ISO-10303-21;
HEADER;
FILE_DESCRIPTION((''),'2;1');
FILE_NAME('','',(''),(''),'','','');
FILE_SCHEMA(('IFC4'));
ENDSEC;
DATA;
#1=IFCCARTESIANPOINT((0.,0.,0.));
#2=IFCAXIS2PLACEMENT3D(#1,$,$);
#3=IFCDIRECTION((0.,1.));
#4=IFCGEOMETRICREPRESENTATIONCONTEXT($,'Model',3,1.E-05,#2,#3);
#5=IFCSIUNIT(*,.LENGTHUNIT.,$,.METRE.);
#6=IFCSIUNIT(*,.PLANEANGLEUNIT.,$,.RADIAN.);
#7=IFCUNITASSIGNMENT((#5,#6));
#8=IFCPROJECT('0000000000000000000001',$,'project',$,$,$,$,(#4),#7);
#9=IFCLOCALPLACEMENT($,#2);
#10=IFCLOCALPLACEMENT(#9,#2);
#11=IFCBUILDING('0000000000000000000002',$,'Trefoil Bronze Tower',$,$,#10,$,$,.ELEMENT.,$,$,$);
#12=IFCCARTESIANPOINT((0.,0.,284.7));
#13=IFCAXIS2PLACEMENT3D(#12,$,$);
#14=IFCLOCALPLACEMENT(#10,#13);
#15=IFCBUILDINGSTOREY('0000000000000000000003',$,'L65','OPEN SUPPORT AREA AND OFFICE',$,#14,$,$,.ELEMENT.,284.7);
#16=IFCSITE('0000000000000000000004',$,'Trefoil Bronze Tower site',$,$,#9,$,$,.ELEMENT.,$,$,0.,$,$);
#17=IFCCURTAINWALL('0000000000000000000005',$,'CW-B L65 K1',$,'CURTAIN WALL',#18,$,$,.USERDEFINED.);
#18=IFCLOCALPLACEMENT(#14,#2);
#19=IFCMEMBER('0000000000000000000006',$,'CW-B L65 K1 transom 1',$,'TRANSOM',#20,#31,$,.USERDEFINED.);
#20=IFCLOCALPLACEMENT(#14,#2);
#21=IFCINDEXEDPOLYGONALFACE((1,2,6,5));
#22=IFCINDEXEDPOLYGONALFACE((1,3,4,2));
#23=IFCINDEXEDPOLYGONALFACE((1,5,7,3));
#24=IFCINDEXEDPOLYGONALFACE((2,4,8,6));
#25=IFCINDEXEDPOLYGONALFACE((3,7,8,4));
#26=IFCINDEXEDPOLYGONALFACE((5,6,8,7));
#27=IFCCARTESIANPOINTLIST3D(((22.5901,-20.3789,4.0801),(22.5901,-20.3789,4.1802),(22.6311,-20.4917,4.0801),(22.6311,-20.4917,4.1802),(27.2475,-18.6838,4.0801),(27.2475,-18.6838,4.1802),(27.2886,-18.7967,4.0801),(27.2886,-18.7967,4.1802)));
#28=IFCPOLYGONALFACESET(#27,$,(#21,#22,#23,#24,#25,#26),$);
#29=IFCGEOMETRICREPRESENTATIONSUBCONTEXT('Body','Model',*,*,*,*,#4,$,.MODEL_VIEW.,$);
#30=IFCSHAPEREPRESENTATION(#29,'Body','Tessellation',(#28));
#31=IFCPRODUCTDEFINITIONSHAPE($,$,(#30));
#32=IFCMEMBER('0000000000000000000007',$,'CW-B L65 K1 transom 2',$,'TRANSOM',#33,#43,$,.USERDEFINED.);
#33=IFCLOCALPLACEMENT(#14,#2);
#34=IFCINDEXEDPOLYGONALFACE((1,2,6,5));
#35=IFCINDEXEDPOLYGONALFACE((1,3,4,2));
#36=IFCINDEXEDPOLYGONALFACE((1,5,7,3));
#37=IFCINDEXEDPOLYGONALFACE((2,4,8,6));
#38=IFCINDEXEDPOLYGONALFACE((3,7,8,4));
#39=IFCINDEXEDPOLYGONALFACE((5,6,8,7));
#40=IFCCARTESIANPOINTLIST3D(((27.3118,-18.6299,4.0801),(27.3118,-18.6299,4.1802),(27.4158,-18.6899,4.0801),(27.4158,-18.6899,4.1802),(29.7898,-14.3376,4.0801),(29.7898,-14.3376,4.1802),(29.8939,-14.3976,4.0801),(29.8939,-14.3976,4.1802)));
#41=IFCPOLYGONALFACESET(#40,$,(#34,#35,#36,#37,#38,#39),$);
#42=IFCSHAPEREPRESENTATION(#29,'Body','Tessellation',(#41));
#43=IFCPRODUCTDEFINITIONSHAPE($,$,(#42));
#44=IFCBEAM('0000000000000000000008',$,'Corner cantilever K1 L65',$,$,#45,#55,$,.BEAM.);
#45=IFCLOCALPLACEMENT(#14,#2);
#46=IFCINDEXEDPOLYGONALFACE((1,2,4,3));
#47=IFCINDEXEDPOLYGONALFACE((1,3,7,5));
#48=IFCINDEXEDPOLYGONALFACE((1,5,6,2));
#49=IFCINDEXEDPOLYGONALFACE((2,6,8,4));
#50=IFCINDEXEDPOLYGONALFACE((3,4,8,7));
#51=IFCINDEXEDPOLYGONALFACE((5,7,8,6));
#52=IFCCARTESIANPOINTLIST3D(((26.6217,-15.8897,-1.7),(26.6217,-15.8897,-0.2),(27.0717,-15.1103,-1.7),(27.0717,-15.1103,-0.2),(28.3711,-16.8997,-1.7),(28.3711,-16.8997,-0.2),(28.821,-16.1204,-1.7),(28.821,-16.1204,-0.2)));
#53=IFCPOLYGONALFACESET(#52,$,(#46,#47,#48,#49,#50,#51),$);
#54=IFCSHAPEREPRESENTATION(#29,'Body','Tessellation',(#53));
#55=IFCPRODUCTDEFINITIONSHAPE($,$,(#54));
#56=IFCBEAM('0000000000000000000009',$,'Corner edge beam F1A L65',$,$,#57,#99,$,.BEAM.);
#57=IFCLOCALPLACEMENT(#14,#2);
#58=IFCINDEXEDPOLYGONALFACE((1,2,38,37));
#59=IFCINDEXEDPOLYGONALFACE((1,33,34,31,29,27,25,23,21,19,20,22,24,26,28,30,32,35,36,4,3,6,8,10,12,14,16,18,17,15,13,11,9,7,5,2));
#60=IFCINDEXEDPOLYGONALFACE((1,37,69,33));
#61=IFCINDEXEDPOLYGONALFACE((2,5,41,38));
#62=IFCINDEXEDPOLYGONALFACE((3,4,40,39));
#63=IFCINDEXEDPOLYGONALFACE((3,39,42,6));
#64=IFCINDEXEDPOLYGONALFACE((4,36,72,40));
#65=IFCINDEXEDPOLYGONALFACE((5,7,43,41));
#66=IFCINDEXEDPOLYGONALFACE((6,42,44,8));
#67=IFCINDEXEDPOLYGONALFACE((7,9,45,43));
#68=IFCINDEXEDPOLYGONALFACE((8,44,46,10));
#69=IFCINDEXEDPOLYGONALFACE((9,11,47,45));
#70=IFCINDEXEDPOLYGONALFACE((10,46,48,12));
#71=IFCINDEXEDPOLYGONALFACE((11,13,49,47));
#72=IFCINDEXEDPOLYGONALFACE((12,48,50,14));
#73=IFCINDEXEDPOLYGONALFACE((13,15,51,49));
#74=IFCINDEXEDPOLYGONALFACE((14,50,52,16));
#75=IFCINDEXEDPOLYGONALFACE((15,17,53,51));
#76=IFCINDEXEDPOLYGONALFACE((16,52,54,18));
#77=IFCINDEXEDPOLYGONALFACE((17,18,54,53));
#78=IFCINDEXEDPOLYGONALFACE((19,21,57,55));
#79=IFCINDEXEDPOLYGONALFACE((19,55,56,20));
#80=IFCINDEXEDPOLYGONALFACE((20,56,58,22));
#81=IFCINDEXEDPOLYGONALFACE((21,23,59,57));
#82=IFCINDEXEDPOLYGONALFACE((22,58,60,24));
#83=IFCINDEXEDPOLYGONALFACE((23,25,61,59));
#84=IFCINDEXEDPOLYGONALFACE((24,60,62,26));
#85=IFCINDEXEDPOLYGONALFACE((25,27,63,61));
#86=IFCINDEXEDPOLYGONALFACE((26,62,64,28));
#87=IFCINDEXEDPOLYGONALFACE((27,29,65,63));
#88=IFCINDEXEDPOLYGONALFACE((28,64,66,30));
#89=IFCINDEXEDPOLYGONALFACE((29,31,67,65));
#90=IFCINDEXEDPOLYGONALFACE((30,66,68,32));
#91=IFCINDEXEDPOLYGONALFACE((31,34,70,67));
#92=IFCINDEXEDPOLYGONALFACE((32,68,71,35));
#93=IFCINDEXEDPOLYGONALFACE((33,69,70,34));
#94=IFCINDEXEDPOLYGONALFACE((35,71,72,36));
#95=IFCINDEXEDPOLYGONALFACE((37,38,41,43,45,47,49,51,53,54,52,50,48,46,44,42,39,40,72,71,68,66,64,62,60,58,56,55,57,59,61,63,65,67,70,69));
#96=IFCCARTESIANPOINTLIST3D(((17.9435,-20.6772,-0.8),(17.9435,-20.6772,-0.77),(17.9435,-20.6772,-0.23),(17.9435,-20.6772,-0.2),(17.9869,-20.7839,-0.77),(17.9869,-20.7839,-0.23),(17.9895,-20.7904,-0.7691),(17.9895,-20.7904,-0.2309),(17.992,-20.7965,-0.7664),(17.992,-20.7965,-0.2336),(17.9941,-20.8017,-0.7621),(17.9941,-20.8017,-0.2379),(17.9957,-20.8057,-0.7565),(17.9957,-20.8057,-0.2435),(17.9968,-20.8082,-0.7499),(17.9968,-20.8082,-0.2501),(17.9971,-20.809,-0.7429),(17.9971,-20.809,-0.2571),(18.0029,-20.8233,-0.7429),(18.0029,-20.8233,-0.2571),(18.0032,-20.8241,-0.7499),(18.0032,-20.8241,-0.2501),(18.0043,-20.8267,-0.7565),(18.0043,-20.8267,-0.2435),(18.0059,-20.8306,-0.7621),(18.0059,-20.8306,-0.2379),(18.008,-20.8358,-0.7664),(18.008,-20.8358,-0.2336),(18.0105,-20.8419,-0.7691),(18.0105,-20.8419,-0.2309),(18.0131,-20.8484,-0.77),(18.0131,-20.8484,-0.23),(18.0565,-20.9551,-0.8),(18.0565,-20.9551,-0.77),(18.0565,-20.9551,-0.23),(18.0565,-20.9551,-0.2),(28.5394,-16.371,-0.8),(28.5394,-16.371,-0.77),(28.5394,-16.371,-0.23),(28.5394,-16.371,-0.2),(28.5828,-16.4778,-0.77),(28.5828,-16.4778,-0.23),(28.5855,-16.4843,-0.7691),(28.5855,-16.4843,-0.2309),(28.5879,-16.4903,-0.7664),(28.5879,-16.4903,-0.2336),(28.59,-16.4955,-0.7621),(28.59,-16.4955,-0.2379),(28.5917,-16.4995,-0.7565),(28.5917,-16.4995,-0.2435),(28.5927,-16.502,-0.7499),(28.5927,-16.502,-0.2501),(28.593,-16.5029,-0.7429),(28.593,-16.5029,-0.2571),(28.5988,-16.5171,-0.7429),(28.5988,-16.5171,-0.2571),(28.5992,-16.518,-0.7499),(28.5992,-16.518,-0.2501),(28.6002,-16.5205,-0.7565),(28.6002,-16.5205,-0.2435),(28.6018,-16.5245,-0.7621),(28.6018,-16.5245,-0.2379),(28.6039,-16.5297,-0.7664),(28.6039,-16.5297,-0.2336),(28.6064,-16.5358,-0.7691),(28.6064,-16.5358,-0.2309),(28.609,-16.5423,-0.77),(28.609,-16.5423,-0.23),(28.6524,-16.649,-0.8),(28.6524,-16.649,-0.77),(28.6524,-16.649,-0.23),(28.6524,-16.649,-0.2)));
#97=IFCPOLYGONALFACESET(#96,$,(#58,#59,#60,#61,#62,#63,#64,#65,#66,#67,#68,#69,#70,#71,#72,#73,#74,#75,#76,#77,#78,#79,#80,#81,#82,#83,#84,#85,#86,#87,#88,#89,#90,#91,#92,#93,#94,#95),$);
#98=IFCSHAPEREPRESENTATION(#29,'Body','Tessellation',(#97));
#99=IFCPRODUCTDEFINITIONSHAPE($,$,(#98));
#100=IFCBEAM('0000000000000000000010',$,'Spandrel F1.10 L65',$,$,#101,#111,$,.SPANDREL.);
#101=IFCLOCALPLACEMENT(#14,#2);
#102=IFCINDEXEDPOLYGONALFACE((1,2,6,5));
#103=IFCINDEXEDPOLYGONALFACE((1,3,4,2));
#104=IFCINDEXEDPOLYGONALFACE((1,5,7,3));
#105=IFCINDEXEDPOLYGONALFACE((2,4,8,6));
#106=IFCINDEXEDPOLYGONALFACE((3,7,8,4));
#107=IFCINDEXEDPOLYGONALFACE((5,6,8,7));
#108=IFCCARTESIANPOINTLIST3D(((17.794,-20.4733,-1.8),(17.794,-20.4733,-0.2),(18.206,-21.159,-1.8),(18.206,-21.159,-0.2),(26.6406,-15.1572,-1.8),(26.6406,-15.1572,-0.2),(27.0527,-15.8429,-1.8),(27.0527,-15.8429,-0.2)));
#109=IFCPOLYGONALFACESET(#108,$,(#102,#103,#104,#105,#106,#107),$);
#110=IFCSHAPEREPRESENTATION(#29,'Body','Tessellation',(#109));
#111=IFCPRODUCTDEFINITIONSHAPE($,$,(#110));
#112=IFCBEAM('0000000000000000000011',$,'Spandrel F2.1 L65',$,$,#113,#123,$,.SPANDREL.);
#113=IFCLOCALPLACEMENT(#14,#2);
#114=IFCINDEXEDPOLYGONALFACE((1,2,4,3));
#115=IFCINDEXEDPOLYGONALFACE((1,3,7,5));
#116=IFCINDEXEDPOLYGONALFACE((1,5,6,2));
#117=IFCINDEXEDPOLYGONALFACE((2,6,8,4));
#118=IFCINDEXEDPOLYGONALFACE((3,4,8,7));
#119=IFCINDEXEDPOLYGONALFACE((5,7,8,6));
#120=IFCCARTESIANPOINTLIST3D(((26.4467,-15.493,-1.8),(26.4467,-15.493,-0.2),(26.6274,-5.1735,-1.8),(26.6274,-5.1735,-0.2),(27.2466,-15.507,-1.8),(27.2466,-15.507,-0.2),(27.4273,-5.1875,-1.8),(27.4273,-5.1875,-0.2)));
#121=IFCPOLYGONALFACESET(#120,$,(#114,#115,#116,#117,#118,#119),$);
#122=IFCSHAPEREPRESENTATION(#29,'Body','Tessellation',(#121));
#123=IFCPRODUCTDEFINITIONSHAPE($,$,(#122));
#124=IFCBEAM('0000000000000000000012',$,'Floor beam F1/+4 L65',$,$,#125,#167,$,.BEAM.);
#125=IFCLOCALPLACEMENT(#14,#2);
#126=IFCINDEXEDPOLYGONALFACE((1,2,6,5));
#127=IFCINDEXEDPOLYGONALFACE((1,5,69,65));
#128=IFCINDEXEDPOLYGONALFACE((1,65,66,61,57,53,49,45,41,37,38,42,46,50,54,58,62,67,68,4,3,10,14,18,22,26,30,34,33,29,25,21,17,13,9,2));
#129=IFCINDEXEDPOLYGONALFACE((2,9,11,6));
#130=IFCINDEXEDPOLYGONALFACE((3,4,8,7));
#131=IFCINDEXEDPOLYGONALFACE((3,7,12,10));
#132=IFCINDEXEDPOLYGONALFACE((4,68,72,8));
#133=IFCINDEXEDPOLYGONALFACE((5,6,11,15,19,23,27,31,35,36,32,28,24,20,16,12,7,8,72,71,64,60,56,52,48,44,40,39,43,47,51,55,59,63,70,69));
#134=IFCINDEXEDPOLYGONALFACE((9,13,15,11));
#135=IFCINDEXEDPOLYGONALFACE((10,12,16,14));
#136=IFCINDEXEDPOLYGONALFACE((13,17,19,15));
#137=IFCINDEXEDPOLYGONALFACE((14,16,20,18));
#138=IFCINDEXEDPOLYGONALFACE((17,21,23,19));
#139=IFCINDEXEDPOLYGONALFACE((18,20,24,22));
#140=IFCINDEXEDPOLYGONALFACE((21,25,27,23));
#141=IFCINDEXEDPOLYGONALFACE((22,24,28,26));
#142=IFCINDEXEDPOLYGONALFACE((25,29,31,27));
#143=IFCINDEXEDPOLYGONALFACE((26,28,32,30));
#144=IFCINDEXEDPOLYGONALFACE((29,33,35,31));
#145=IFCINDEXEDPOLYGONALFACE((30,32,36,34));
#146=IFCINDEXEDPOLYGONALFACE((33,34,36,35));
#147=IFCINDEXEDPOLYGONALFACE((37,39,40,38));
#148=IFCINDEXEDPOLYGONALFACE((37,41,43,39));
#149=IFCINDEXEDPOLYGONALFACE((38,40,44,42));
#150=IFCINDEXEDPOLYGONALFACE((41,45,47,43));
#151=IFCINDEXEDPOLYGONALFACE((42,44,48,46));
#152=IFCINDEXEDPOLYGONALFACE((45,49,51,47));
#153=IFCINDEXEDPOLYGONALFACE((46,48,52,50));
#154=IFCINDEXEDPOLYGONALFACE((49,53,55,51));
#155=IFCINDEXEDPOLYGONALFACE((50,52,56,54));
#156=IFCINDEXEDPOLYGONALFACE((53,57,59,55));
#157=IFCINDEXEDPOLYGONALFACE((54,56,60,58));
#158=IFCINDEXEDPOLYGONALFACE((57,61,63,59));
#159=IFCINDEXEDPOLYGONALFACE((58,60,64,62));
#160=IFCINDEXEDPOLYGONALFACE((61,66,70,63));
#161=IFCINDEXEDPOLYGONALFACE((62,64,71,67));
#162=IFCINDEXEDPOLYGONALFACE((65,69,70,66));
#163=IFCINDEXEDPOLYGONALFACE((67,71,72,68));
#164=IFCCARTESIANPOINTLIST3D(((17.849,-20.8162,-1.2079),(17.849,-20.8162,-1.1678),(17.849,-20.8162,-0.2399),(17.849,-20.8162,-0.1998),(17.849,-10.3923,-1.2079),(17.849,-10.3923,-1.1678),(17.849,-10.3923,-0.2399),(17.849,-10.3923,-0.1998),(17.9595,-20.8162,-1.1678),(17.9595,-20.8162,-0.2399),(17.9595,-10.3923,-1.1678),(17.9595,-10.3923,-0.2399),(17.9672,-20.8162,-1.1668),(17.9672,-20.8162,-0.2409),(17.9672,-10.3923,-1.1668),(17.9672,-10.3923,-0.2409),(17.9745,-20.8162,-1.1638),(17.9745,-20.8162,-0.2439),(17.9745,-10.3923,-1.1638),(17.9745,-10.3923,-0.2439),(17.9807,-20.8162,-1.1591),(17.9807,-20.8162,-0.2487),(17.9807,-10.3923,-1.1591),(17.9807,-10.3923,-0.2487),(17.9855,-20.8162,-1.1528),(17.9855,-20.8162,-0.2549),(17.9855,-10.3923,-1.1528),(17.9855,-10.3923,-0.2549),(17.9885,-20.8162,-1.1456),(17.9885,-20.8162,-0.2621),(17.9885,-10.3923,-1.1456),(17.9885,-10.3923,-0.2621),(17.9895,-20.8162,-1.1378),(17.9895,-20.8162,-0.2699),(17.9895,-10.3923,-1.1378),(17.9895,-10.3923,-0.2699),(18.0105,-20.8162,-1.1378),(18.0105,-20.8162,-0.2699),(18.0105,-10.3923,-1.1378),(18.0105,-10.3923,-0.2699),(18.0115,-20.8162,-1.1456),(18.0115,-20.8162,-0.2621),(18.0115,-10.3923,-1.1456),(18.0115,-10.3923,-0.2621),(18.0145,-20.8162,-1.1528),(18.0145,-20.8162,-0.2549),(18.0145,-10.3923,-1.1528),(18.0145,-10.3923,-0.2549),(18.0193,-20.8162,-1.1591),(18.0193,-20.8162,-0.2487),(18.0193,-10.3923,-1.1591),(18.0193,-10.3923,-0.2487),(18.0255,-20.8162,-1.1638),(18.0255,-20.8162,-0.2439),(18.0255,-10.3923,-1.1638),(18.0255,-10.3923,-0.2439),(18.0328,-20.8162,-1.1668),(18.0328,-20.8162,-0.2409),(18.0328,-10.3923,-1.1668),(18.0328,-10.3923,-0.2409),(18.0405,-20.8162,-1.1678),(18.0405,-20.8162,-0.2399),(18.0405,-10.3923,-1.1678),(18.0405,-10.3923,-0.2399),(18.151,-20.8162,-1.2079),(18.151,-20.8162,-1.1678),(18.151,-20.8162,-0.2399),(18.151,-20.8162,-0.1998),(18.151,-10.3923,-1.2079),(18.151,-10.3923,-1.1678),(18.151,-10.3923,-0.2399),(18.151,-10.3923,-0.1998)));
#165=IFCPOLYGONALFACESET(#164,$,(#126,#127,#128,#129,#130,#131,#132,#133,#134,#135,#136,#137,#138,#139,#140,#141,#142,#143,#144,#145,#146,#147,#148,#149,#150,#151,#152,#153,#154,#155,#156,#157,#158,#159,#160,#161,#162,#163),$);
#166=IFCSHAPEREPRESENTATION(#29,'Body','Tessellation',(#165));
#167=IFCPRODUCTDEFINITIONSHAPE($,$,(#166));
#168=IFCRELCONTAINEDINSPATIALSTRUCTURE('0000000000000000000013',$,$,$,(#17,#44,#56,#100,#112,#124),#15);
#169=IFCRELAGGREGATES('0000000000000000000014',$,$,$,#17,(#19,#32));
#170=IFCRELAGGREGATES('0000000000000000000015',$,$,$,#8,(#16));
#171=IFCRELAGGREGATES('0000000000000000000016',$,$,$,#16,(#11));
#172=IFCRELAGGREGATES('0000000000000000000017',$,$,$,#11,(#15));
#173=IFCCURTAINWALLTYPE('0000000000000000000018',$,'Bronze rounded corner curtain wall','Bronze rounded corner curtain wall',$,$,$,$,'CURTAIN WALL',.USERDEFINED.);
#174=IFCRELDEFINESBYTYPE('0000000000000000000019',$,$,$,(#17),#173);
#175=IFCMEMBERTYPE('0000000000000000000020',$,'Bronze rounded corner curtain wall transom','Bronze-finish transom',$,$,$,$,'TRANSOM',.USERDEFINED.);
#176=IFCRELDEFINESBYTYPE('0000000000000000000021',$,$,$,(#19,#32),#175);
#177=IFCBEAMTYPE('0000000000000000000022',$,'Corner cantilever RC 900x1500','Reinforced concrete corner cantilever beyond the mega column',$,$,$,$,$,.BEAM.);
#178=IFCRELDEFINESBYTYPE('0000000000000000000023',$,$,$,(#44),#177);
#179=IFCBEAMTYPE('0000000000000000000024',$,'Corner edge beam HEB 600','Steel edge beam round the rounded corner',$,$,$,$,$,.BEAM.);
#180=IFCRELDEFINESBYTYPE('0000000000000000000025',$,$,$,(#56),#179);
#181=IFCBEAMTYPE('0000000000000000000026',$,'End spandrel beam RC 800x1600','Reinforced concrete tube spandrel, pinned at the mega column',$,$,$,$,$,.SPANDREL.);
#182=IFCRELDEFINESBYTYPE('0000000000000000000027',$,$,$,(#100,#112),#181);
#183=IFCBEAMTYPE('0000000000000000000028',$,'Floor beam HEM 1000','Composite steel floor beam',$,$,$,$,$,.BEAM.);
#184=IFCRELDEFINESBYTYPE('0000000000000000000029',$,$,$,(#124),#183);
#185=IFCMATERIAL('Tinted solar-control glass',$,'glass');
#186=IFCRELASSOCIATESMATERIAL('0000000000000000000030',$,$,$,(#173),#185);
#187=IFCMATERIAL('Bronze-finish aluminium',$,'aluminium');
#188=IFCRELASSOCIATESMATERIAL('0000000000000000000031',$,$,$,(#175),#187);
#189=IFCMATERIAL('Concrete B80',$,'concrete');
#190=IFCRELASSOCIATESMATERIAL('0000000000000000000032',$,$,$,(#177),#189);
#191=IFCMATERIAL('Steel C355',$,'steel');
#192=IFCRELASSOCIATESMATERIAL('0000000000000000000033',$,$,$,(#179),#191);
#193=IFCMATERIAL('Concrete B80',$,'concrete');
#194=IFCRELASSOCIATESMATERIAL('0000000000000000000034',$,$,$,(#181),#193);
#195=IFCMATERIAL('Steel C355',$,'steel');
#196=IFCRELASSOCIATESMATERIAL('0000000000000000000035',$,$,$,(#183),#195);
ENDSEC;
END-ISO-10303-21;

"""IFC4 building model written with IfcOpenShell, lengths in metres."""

from ifc_helpers import new_model, si_unit, direction, frame, origin, origin_2d, place, context, subcontext, project, spatial, rectangle, i_section, extrude, material, material_profile, profile_set, type_object, element, aggregate, save


model = new_model("IFC4")

# Units and contexts
model_context = context("Model", 3, precision=1e-05, world=origin(), true_north=direction((0.0, 1.0)))
body_context = subcontext(model_context, "Body", "Model", "MODEL_VIEW")
ifc_project = project(units=[si_unit("LENGTHUNIT", "METRE"), si_unit("PLANEANGLEUNIT", "RADIAN")], contexts=[model_context])

# Site, building, storey
site_placement = place(None, origin())
site = spatial("IfcSite", under=ifc_project, at=site_placement, Name="Trefoil Bronze Tower site", CompositionType="ELEMENT", RefElevation=0.0)
building_placement = place(site_placement, origin())
building = spatial("IfcBuilding", under=site, at=building_placement, Name="Trefoil Bronze Tower", CompositionType="ELEMENT")
storey_placement = place(building_placement, frame((0.0, 0.0, 284.7)))
storey = spatial("IfcBuildingStorey", under=building, at=storey_placement, Name="L65", Description="OPEN SUPPORT AREA AND OFFICE", CompositionType="ELEMENT", Elevation=284.7)

# Curtain wall, members
ifc_material_1 = material(Name="Tinted solar-control glass", Category="glass")
curtain_wall_type_1 = type_object("IfcCurtainWallType", Name="Bronze rounded corner curtain wall", Description="Bronze rounded corner curtain wall", ElementType="CURTAIN WALL", PredefinedType="USERDEFINED", material=ifc_material_1)
curtain_wall_1_placement = place(storey_placement, origin())
curtain_wall_1 = element("IfcCurtainWall", 1, at=curtain_wall_1_placement, inside=storey, type_object=curtain_wall_type_1, Name="CW-B L65 K1", ObjectType="CURTAIN WALL", PredefinedType="USERDEFINED")
ifc_material_2 = material(Name="Bronze-finish aluminium", Category="aluminium")
ifc_material_profile_1 = material_profile(ifc_material_2, rectangle(XDim=0.1201, YDim=0.1001, at=origin_2d()), Name="CW-B transom")
ifc_profile_set_1 = profile_set([ifc_material_profile_1], Name="Bronze-finish aluminium")
member_type_1 = type_object("IfcMemberType", Name="Bronze rounded corner curtain wall transom", Description="Bronze-finish transom", ElementType="TRANSOM", PredefinedType="USERDEFINED", material=ifc_profile_set_1)
member_1_placement = place(storey_placement, frame((22.6106, -20.4353, 4.1301), z_axis=(0.9397, 0.342, 0.0), x_axis=(-0.342, 0.9397, 0.0)))
member_1 = element("IfcMember", 2, at=member_1_placement, type_object=member_type_1, Name="CW-B L65 K1 transom 1", ObjectType="TRANSOM", PredefinedType="USERDEFINED", context=body_context, shape_type="SweptSolid", body=[
    extrude(rectangle(XDim=0.1201, YDim=0.1001, at=origin_2d()), origin(), (0.0, 0.0, 1.0), 4.9563),
])
member_2_placement = place(storey_placement, frame((27.3638, -18.6599, 4.1301), z_axis=(0.499985, 0.866034, 0.0), x_axis=(-0.866034, 0.499985, 0.0)))
member_2 = element("IfcMember", 3, at=member_2_placement, type_object=member_type_1, Name="CW-B L65 K1 transom 2", ObjectType="TRANSOM", PredefinedType="USERDEFINED", context=body_context, shape_type="SweptSolid", body=[
    extrude(rectangle(XDim=0.1201, YDim=0.1001, at=origin_2d()), origin(), (0.0, 0.0, 1.0), 4.9563),
])

# Beams
ifc_material_3 = material(Name="Concrete B80", Category="concrete")
ifc_material_profile_2 = material_profile(ifc_material_3, rectangle(XDim=0.8999, YDim=1.5, at=origin_2d()), Name="RC 900x1500")
ifc_profile_set_2 = profile_set([ifc_material_profile_2], Name="Concrete B80")
beam_type_1 = type_object("IfcBeamType", Name="Corner cantilever RC 900x1500", Description="Reinforced concrete corner cantilever beyond the mega column", PredefinedType="BEAM", material=ifc_profile_set_2)
beam_1_placement = place(storey_placement, frame((26.8467, -15.5, -0.95), z_axis=(0.86601, -0.500026, 0.0), x_axis=(0.500026, 0.86601, 0.0)))
element("IfcBeam", 4, at=beam_1_placement, inside=storey, type_object=beam_type_1, Name="Corner cantilever K1 L65", PredefinedType="BEAM", context=body_context, shape_type="SweptSolid", body=[
    extrude(rectangle(XDim=0.8999, YDim=1.5, at=origin_2d()), origin(), (0.0, 0.0, 1.0), 2.02),
])
ifc_material_4 = material(Name="Steel C355", Category="steel")
ifc_material_profile_3 = material_profile(ifc_material_4, i_section(OverallWidth=0.3, OverallDepth=0.6001, WebThickness=0.0154, FlangeThickness=0.03, FilletRadius=0.0271, at=origin_2d()), Name="HEB 600")
ifc_profile_set_3 = profile_set([ifc_material_profile_3], Name="Steel C355")
beam_type_2 = type_object("IfcBeamType", Name="Corner edge beam HEB 600", Description="Steel edge beam round the rounded corner", PredefinedType="BEAM", material=ifc_profile_set_3)
beam_2_placement = place(storey_placement, frame((18.0, -20.8162, -0.5), z_axis=(0.926419, 0.376493, 0.0), x_axis=(-0.376493, 0.926419, 0.0)))
element("IfcBeam", 5, at=beam_2_placement, inside=storey, type_object=beam_type_2, Name="Corner edge beam F1A L65", PredefinedType="BEAM", context=body_context, shape_type="SweptSolid", body=[
    extrude(i_section(OverallWidth=0.3, OverallDepth=0.6001, WebThickness=0.0154, FlangeThickness=0.03, FilletRadius=0.0271, at=origin_2d()), origin(), (0.0, 0.0, 1.0), 11.4375),
])
ifc_material_5 = material(Name="Concrete B80", Category="concrete")
ifc_material_profile_4 = material_profile(ifc_material_5, rectangle(XDim=0.8, YDim=1.6001, at=origin_2d()), Name="RC 800x1600")
ifc_profile_set_4 = profile_set([ifc_material_profile_4], Name="Concrete B80")
beam_type_3 = type_object("IfcBeamType", Name="End spandrel beam RC 800x1600", Description="Reinforced concrete tube spandrel, pinned at the mega column", PredefinedType="SPANDREL", material=ifc_profile_set_4)
for number, where, z_axis, x_axis, name in (
    (6, (18.0, -20.8162, -1.0), (0.857144, 0.515077, 0.0), (-0.515077, 0.857144, 0.0), "Spandrel F1.10 L65"),
    (7, (26.8467, -15.5, -1.0), (0.017504, 0.999847, 0.0), (-0.999847, 0.017504, 0.0), "Spandrel F2.1 L65"),
):
    element("IfcBeam", number, at=place(storey_placement, frame(where, z_axis=z_axis, x_axis=x_axis)), inside=storey, type_object=beam_type_3, Name=name, PredefinedType="SPANDREL", context=body_context, shape_type="SweptSolid", body=[
        extrude(rectangle(XDim=0.8, YDim=1.6001, at=origin_2d()), origin(), (0.0, 0.0, 1.0), 10.321),
    ])
ifc_material_6 = material(Name="Steel C355", Category="steel")
ifc_material_profile_5 = material_profile(ifc_material_6, i_section(OverallWidth=0.302, OverallDepth=1.0081, WebThickness=0.021, FlangeThickness=0.04, FilletRadius=0.03, at=origin_2d()), Name="HEM 1000")
ifc_profile_set_5 = profile_set([ifc_material_profile_5], Name="Steel C355")
beam_type_4 = type_object("IfcBeamType", Name="Floor beam HEM 1000", Description="Composite steel floor beam", PredefinedType="BEAM", material=ifc_profile_set_5)
beam_3_placement = place(storey_placement, frame((18.0, -20.8162, -0.7039), z_axis=(0.0, 1.0, 0.0), x_axis=(-1.0, 0.0, 0.0)))
element("IfcBeam", 8, at=beam_3_placement, inside=storey, type_object=beam_type_4, Name="Floor beam F1/+4 L65", PredefinedType="BEAM", context=body_context, shape_type="SweptSolid", body=[
    extrude(i_section(OverallWidth=0.302, OverallDepth=1.0081, WebThickness=0.021, FlangeThickness=0.04, FilletRadius=0.03, at=origin_2d()), origin(), (0.0, 0.0, 1.0), 10.4238),
])

aggregate(curtain_wall_1, [member_1, member_2])

save(model, "model.ifc")
